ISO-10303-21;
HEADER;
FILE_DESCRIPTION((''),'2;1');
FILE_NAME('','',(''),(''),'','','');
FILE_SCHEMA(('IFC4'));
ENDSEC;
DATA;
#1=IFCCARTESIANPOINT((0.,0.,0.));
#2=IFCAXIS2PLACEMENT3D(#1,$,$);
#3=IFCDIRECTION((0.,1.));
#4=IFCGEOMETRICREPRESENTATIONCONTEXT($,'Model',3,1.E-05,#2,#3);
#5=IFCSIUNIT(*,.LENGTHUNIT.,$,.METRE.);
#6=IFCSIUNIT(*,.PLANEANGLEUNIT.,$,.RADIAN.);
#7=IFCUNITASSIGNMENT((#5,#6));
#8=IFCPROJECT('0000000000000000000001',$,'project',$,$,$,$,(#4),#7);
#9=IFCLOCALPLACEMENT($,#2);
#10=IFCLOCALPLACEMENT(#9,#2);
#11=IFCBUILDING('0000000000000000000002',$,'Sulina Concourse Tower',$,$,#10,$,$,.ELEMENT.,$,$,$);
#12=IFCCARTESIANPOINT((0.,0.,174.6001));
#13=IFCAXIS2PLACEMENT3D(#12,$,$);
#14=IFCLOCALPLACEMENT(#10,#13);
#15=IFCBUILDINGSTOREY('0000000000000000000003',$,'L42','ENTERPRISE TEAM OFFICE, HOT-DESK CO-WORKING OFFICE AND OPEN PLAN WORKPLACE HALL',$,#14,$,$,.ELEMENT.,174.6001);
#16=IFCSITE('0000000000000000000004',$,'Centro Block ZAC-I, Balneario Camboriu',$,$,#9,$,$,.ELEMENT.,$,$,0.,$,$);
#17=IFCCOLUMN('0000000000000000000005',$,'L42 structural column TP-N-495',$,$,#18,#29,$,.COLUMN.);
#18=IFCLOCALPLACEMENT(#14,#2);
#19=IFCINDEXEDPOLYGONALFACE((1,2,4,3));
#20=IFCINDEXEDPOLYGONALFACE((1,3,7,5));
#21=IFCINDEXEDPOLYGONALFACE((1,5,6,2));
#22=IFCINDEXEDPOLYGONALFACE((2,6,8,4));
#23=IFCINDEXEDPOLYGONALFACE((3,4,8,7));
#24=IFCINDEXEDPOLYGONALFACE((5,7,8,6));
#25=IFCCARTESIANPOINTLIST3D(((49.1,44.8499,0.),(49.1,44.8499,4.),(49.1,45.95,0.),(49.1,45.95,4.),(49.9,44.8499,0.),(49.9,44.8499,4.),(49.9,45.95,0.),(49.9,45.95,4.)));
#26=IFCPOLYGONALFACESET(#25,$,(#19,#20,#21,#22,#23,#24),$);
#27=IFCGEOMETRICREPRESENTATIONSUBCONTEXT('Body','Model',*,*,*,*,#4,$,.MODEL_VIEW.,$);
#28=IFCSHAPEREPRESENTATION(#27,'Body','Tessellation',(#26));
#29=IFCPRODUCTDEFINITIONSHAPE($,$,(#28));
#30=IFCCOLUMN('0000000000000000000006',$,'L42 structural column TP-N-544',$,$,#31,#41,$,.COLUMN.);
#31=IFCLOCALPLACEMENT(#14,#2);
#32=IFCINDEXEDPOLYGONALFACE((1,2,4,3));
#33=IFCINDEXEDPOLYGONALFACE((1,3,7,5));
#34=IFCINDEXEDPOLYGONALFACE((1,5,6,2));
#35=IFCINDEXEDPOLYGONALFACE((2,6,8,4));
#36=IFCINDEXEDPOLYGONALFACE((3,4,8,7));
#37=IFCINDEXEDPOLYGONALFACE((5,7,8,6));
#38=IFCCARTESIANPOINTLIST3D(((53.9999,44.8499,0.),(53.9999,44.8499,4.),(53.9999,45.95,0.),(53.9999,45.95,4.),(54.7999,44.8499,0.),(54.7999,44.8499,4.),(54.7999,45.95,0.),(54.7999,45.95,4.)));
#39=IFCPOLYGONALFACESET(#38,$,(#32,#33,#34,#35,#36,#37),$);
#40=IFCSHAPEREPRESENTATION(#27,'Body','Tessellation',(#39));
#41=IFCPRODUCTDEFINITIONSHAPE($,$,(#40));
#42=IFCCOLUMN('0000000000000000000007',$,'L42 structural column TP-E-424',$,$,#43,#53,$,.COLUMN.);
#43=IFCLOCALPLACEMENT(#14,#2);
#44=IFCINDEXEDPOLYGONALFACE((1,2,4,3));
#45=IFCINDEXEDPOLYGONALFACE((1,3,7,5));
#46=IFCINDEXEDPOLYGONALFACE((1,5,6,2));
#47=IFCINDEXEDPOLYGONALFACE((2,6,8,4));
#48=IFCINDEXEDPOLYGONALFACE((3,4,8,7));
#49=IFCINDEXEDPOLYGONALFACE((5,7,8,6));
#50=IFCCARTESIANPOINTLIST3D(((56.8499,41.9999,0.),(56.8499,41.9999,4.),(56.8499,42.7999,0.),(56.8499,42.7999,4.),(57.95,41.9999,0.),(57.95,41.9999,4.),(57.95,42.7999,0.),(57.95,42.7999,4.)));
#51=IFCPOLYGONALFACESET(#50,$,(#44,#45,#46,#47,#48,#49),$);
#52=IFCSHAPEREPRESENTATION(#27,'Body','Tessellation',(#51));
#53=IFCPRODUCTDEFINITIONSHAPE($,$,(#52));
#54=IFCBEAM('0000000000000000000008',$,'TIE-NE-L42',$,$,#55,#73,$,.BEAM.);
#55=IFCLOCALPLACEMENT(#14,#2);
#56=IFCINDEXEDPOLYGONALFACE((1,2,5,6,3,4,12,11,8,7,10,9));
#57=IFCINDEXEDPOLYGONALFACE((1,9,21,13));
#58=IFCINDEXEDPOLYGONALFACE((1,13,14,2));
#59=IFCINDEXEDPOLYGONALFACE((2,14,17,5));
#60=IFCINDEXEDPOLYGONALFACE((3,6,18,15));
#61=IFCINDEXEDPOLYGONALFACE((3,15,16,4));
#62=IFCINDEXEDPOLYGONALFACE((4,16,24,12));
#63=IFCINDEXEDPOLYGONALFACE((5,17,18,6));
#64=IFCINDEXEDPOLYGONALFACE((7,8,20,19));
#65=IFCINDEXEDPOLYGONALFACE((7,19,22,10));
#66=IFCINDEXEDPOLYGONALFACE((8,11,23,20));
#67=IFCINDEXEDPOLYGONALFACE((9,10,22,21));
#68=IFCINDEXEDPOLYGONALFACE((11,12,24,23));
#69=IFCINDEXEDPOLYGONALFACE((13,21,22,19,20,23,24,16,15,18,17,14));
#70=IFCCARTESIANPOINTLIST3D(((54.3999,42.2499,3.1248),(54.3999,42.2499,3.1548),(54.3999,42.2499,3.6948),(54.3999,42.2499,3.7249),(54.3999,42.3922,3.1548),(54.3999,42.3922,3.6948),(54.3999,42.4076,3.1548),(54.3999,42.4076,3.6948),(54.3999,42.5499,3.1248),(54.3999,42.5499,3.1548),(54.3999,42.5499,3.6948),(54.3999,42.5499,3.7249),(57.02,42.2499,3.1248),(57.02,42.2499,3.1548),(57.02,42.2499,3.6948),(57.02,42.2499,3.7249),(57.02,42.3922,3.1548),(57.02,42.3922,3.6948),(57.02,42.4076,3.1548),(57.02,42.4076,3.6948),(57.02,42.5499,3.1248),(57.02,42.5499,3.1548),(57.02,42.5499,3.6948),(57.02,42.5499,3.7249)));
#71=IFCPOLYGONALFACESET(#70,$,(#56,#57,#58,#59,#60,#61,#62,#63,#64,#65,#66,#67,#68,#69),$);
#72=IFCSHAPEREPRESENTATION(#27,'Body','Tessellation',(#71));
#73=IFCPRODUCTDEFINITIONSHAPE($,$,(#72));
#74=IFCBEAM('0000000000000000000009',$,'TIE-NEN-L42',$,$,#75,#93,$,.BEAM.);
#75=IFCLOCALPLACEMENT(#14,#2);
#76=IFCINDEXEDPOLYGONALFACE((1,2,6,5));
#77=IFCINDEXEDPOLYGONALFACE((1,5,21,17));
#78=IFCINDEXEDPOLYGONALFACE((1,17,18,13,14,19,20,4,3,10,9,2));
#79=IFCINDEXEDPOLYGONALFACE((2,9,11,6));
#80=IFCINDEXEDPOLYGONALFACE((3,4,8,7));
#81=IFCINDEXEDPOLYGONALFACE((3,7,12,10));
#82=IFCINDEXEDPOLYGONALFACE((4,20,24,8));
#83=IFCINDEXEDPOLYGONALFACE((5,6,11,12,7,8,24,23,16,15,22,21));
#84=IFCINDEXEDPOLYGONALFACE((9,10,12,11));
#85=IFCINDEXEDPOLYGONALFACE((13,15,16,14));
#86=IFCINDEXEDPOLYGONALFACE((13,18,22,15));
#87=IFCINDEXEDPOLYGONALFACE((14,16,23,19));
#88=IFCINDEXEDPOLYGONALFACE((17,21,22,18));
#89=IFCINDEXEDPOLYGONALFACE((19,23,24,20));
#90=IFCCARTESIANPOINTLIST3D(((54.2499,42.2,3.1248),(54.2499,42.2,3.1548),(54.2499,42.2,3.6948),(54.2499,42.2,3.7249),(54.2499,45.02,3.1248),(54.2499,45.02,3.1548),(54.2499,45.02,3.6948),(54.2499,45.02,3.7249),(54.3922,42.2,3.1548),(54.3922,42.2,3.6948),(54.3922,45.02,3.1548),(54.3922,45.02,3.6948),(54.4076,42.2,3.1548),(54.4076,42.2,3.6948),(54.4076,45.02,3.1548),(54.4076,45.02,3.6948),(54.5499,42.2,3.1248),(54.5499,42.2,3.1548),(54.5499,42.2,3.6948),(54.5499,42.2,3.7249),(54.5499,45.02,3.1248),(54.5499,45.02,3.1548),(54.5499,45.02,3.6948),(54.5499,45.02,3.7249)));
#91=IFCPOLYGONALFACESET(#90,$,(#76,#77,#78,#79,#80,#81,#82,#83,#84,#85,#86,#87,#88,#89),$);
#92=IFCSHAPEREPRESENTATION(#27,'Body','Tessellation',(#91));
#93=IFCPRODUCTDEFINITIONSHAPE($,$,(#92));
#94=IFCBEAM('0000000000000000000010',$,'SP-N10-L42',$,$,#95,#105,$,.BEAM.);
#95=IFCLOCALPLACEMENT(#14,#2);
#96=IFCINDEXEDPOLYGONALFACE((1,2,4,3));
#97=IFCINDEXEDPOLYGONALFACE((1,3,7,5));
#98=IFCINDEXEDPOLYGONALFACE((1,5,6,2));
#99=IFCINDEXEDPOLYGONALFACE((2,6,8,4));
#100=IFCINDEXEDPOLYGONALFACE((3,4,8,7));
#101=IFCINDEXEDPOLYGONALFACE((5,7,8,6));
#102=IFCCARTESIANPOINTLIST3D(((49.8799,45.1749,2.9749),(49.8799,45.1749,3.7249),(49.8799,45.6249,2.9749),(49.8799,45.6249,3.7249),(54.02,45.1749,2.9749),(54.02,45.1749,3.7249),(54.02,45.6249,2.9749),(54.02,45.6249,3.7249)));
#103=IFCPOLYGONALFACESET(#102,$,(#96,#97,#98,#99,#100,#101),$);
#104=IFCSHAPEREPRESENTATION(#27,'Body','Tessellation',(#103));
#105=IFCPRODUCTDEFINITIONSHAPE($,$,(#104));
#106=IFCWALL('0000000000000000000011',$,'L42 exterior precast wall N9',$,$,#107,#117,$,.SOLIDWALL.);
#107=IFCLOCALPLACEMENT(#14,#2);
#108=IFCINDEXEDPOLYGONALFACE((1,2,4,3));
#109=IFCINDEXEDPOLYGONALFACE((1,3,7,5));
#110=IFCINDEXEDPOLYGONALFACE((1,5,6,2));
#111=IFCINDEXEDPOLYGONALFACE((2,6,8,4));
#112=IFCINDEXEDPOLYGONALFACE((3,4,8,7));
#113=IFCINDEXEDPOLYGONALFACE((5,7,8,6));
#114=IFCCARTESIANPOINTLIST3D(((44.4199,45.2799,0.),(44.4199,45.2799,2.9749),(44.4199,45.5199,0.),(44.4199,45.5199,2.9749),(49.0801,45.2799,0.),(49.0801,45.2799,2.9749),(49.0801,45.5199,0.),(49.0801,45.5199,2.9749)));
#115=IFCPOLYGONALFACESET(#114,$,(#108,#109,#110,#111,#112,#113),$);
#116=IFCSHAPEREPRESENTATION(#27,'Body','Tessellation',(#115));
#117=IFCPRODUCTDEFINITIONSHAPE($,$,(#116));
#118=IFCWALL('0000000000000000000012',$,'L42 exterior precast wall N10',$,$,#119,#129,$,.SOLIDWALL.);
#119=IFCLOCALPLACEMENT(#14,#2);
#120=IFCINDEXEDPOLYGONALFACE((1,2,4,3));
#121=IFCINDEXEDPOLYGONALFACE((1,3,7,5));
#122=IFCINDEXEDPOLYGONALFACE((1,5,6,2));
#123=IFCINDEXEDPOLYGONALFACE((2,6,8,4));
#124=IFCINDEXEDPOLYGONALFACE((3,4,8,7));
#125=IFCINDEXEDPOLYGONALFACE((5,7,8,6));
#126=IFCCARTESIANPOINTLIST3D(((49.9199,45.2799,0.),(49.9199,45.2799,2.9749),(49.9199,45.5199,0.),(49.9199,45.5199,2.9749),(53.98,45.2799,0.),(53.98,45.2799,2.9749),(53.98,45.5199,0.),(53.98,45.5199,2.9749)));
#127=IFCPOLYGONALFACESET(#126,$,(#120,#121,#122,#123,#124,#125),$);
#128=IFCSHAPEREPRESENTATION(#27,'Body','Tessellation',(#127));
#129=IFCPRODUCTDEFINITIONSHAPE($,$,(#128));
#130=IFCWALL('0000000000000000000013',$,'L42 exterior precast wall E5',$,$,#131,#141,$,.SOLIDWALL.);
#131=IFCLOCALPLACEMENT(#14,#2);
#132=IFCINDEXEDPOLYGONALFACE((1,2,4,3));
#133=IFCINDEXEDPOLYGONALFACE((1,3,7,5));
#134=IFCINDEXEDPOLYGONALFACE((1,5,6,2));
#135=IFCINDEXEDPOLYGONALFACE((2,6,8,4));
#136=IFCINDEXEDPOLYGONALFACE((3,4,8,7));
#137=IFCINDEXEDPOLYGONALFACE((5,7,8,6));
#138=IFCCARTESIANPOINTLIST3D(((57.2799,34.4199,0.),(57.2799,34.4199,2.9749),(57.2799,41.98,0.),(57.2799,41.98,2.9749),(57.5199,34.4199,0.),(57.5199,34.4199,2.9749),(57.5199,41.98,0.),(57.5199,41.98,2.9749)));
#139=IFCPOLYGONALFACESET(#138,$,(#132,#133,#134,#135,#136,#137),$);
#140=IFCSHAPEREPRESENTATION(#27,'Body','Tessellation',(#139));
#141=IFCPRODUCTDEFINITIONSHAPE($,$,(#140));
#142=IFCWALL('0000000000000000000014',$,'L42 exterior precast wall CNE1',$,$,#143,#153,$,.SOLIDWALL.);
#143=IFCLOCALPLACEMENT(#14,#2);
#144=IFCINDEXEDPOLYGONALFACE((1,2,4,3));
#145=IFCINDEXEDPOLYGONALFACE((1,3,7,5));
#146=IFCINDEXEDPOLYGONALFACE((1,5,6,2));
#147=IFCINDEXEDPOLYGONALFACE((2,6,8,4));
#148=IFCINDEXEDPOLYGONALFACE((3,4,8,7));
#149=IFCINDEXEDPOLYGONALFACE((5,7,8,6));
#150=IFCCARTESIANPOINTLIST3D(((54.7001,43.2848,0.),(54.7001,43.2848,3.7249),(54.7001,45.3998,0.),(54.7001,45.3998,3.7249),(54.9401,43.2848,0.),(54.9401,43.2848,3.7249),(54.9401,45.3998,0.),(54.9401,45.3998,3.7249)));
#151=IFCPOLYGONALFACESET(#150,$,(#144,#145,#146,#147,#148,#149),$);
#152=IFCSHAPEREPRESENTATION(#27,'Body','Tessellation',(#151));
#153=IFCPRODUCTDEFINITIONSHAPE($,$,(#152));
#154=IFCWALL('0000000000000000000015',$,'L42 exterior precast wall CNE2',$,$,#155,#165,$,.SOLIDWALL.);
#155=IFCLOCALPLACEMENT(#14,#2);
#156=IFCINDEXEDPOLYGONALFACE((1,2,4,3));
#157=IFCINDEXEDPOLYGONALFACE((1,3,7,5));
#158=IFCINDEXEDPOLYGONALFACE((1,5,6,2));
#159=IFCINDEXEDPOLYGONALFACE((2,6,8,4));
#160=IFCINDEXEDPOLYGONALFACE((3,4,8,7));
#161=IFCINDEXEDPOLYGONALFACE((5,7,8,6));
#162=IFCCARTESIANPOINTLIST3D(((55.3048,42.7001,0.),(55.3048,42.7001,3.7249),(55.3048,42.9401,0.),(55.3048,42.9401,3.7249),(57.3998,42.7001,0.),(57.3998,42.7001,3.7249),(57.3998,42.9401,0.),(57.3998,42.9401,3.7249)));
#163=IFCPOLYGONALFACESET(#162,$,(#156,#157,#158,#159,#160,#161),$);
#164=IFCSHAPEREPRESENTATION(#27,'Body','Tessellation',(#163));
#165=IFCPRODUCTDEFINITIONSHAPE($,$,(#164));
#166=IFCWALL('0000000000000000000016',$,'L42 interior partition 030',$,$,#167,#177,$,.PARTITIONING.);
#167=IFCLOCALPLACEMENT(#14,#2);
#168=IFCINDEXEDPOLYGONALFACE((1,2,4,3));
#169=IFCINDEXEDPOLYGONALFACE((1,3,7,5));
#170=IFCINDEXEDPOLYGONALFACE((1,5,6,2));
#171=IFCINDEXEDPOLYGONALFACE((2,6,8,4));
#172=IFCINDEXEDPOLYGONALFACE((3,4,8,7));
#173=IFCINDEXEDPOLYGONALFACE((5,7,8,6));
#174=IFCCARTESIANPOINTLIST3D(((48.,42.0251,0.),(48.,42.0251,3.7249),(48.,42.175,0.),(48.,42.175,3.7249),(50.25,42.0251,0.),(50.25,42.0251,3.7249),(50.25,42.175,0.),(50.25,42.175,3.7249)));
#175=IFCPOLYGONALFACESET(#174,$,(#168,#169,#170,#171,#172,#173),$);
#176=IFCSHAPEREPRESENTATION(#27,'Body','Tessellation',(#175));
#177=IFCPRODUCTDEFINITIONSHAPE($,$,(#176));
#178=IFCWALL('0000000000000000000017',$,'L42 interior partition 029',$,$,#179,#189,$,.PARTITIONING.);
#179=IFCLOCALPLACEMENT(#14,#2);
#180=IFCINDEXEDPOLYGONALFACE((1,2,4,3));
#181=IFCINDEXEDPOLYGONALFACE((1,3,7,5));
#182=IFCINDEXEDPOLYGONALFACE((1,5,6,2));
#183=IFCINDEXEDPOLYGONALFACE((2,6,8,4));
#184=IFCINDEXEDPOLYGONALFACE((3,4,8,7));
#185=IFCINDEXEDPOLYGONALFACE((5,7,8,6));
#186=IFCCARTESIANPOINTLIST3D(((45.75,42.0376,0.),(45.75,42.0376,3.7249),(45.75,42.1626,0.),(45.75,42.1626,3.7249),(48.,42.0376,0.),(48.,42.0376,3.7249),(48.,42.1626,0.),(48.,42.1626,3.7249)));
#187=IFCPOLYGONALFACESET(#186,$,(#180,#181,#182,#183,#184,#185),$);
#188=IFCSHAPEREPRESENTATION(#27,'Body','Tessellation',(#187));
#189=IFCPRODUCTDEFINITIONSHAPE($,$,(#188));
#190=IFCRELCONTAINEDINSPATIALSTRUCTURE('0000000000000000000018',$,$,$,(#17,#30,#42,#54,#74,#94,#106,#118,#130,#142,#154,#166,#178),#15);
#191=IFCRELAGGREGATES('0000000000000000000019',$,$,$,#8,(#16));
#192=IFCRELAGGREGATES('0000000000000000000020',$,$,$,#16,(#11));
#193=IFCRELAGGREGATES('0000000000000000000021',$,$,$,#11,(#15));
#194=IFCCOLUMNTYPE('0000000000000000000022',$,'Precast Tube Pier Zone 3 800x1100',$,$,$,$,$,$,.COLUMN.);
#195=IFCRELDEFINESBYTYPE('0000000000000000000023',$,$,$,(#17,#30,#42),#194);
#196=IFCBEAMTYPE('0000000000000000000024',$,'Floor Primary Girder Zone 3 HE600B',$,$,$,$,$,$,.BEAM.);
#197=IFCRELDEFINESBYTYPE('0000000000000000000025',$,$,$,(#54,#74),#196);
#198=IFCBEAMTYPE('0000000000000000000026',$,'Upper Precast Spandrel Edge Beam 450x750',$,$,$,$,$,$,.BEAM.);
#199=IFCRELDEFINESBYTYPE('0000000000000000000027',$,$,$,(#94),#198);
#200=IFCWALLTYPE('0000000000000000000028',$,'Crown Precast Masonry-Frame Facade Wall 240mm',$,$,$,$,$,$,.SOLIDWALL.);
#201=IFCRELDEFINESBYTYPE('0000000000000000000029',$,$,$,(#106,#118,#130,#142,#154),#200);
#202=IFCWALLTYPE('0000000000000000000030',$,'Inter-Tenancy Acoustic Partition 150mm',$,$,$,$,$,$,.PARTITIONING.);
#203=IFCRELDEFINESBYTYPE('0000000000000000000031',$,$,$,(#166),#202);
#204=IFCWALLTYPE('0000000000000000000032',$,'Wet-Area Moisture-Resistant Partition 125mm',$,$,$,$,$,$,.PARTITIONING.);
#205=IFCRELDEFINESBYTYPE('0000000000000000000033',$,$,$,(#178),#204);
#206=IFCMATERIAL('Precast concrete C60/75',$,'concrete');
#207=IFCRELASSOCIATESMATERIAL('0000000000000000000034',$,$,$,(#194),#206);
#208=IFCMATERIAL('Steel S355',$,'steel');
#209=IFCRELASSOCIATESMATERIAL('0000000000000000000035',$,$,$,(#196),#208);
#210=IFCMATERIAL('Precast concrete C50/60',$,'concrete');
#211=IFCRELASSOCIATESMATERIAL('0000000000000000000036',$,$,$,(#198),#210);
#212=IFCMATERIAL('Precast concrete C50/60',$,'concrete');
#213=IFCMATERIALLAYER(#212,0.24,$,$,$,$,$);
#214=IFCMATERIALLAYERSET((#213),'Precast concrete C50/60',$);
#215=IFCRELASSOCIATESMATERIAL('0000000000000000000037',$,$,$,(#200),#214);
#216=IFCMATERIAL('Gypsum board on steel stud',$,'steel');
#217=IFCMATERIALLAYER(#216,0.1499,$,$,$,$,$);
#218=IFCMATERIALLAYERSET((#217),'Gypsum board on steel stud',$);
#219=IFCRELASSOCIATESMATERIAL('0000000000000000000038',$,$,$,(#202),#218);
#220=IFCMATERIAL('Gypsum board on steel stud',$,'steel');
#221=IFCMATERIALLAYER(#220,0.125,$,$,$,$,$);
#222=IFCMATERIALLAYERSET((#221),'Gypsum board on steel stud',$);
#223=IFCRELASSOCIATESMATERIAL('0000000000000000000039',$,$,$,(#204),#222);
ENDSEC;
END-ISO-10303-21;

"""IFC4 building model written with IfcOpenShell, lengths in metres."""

from ifc_helpers import new_model, si_unit, direction, frame, frame_2d, origin, origin_2d, place, context, subcontext, project, spatial, rectangle, i_section, extrude, material, layer, layer_set, material_profile, profile_set, type_object, element, save


model = new_model("IFC4")

# Units and contexts
model_context = context("Model", 3, precision=1e-05, world=origin(), true_north=direction((0.0, 1.0)))
body_context = subcontext(model_context, "Body", "Model", "MODEL_VIEW")
ifc_project = project(units=[si_unit("LENGTHUNIT", "METRE"), si_unit("PLANEANGLEUNIT", "RADIAN")], contexts=[model_context])

# Site, building, storey
site_placement = place(None, origin())
site = spatial("IfcSite", under=ifc_project, at=site_placement, Name="Centro Block ZAC-I, Balneario Camboriu", CompositionType="ELEMENT", RefElevation=0.0)
building_placement = place(site_placement, origin())
building = spatial("IfcBuilding", under=site, at=building_placement, Name="Sulina Concourse Tower", CompositionType="ELEMENT")
storey_placement = place(building_placement, frame((0.0, 0.0, 174.6001)))
storey = spatial("IfcBuildingStorey", under=building, at=storey_placement, Name="L42", Description="ENTERPRISE TEAM OFFICE, HOT-DESK CO-WORKING OFFICE AND OPEN PLAN WORKPLACE HALL", CompositionType="ELEMENT", Elevation=174.6001)

# Columns
ifc_material_1 = material(Name="Precast concrete C60/75", Category="concrete")
ifc_material_profile_1 = material_profile(ifc_material_1, rectangle(XDim=0.8, YDim=1.1001, at=origin_2d()), Name="PC 800x1100")
ifc_profile_set_1 = profile_set([ifc_material_profile_1], Name="Precast concrete C60/75")
column_type = type_object("IfcColumnType", Name="Precast Tube Pier Zone 3 800x1100", PredefinedType="COLUMN", material=ifc_profile_set_1)
for number, where, z_axis, x_axis, name in (
    (1, (49.5, 45.3999, 0.0), (0.0, 0.0, 1.0), (1.0, 0.0, 0.0), "L42 structural column TP-N-495"),
    (2, (54.3999, 45.3999, 0.0), (0.0, 0.0, 1.0), (1.0, 0.0, 0.0), "L42 structural column TP-N-544"),
    (3, (57.3999, 42.3999, 0.0), (0.0, 0.0, 1.0), (0.0, 1.0, 0.0), "L42 structural column TP-E-424"),
):
    element("IfcColumn", number, at=place(storey_placement, frame(where, z_axis=z_axis, x_axis=x_axis)), inside=storey, type_object=column_type, Name=name, PredefinedType="COLUMN", context=body_context, shape_type="SweptSolid", body=[
        extrude(rectangle(XDim=0.8, YDim=1.1001, at=origin_2d()), origin(), (0.0, 0.0, 1.0), 4.0),
    ])

# Beams
ifc_material_2 = material(Name="Steel S355", Category="steel")
ifc_material_profile_2 = material_profile(ifc_material_2, i_section(OverallWidth=0.3, OverallDepth=0.6001, WebThickness=0.0154, FlangeThickness=0.03, at=origin_2d()), Name="HE 600 B")
ifc_profile_set_2 = profile_set([ifc_material_profile_2], Name="Steel S355")
beam_type_1 = type_object("IfcBeamType", Name="Floor Primary Girder Zone 3 HE600B", PredefinedType="BEAM", material=ifc_profile_set_2)
beam_1_placement = place(storey_placement, frame((54.3999, 42.3999, 3.4248), z_axis=(1.0, 0.0, 0.0), x_axis=(0.0, 1.0, 0.0)))
element("IfcBeam", 4, at=beam_1_placement, inside=storey, type_object=beam_type_1, Name="TIE-NE-L42", PredefinedType="BEAM", context=body_context, shape_type="SweptSolid", body=[
    extrude(i_section(OverallWidth=0.3, OverallDepth=0.6001, WebThickness=0.0154, FlangeThickness=0.03, at=origin_2d()), origin(), (0.0, 0.0, 1.0), 2.6201),
])
beam_2_placement = place(storey_placement, frame((54.3999, 42.2, 3.4248), z_axis=(0.0, 1.0, 0.0), x_axis=(-1.0, 0.0, 0.0)))
element("IfcBeam", 5, at=beam_2_placement, inside=storey, type_object=beam_type_1, Name="TIE-NEN-L42", PredefinedType="BEAM", context=body_context, shape_type="SweptSolid", body=[
    extrude(i_section(OverallWidth=0.3, OverallDepth=0.6001, WebThickness=0.0154, FlangeThickness=0.03, at=origin_2d()), origin(), (0.0, 0.0, 1.0), 2.8201),
])
ifc_material_3 = material(Name="Precast concrete C50/60", Category="concrete")
ifc_material_profile_3 = material_profile(ifc_material_3, rectangle(XDim=0.45, YDim=0.75, at=origin_2d()), Name="RC 450x750")
ifc_profile_set_3 = profile_set([ifc_material_profile_3], Name="Precast concrete C50/60")
beam_type_2 = type_object("IfcBeamType", Name="Upper Precast Spandrel Edge Beam 450x750", PredefinedType="BEAM", material=ifc_profile_set_3)
beam_3_placement = place(storey_placement, frame((49.8799, 45.3999, 3.3499), z_axis=(1.0, 0.0, 0.0), x_axis=(0.0, 1.0, 0.0)))
element("IfcBeam", 6, at=beam_3_placement, inside=storey, type_object=beam_type_2, Name="SP-N10-L42", PredefinedType="BEAM", context=body_context, shape_type="SweptSolid", body=[
    extrude(rectangle(XDim=0.45, YDim=0.75, at=origin_2d()), origin(), (0.0, 0.0, 1.0), 4.1401),
])

# Walls
ifc_material_4 = material(Name="Precast concrete C50/60", Category="concrete")
ifc_layer_1 = layer(ifc_material_4, 0.24)
ifc_layer_set_1 = layer_set([ifc_layer_1], Name="Precast concrete C50/60")
wall_type_1 = type_object("IfcWallType", Name="Crown Precast Masonry-Frame Facade Wall 240mm", PredefinedType="SOLIDWALL", material=ifc_layer_set_1)
wall_1_placement = place(storey_placement, frame((44.4199, 45.3999, 0.0), z_axis=(0.0, 0.0, 1.0), x_axis=(1.0, 0.0, 0.0)))
element("IfcWall", 7, at=wall_1_placement, inside=storey, type_object=wall_type_1, Name="L42 exterior precast wall N9", PredefinedType="SOLIDWALL", context=body_context, shape_type="SweptSolid", body=[
    extrude(rectangle(XDim=4.6602, YDim=0.24, at=frame_2d((2.3301, 0.0))), origin(), (0.0, 0.0, 1.0), 2.9749),
])
wall_2_placement = place(storey_placement, frame((49.9199, 45.3999, 0.0), z_axis=(0.0, 0.0, 1.0), x_axis=(1.0, 0.0, 0.0)))
element("IfcWall", 8, at=wall_2_placement, inside=storey, type_object=wall_type_1, Name="L42 exterior precast wall N10", PredefinedType="SOLIDWALL", context=body_context, shape_type="SweptSolid", body=[
    extrude(rectangle(XDim=4.0601, YDim=0.24, at=frame_2d((2.03, 0.0))), origin(), (0.0, 0.0, 1.0), 2.9749),
])
wall_3_placement = place(storey_placement, frame((57.3999, 41.98, 0.0), z_axis=(0.0, 0.0, 1.0), x_axis=(0.0, -1.0, 0.0)))
element("IfcWall", 9, at=wall_3_placement, inside=storey, type_object=wall_type_1, Name="L42 exterior precast wall E5", PredefinedType="SOLIDWALL", context=body_context, shape_type="SweptSolid", body=[
    extrude(rectangle(XDim=7.5601, YDim=0.24, at=frame_2d((3.78, 0.0))), origin(), (0.0, 0.0, 1.0), 2.9749),
])
wall_4_placement = place(storey_placement, frame((54.8201, 45.3999, 0.0), z_axis=(0.0, 0.0, 1.0), x_axis=(0.0, -1.0, 0.0)))
element("IfcWall", 10, at=wall_4_placement, inside=storey, type_object=wall_type_1, Name="L42 exterior precast wall CNE1", PredefinedType="SOLIDWALL", context=body_context, shape_type="SweptSolid", body=[
    extrude(rectangle(XDim=2.115, YDim=0.24, at=frame_2d((1.0576, 0.0))), origin(), (0.0, 0.0, 1.0), 3.7249),
])
wall_5_placement = place(storey_placement, frame((55.3049, 42.8201, 0.0), z_axis=(0.0, 0.0, 1.0), x_axis=(1.0, 0.0, 0.0)))
element("IfcWall", 11, at=wall_5_placement, inside=storey, type_object=wall_type_1, Name="L42 exterior precast wall CNE2", PredefinedType="SOLIDWALL", context=body_context, shape_type="SweptSolid", body=[
    extrude(rectangle(XDim=2.095, YDim=0.24, at=frame_2d((1.0474, 0.0))), origin(), (0.0, 0.0, 1.0), 3.7249),
])
ifc_material_5 = material(Name="Gypsum board on steel stud", Category="steel")
ifc_layer_2 = layer(ifc_material_5, 0.1499)
ifc_layer_set_2 = layer_set([ifc_layer_2], Name="Gypsum board on steel stud")
wall_type_2 = type_object("IfcWallType", Name="Inter-Tenancy Acoustic Partition 150mm", PredefinedType="PARTITIONING", material=ifc_layer_set_2)
wall_6_placement = place(storey_placement, frame((48.0, 42.1001, 0.0), z_axis=(0.0, 0.0, 1.0), x_axis=(1.0, 0.0, 0.0)))
element("IfcWall", 12, at=wall_6_placement, inside=storey, type_object=wall_type_2, Name="L42 interior partition 030", PredefinedType="PARTITIONING", context=body_context, shape_type="SweptSolid", body=[
    extrude(rectangle(XDim=2.25, YDim=0.1499, at=frame_2d((1.125, 0.0))), origin(), (0.0, 0.0, 1.0), 3.7249),
])
ifc_material_6 = material(Name="Gypsum board on steel stud", Category="steel")
ifc_layer_3 = layer(ifc_material_6, 0.125)
ifc_layer_set_3 = layer_set([ifc_layer_3], Name="Gypsum board on steel stud")
wall_type_3 = type_object("IfcWallType", Name="Wet-Area Moisture-Resistant Partition 125mm", PredefinedType="PARTITIONING", material=ifc_layer_set_3)
wall_7_placement = place(storey_placement, frame((45.75, 42.1001, 0.0), z_axis=(0.0, 0.0, 1.0), x_axis=(1.0, 0.0, 0.0)))
element("IfcWall", 13, at=wall_7_placement, inside=storey, type_object=wall_type_3, Name="L42 interior partition 029", PredefinedType="PARTITIONING", context=body_context, shape_type="SweptSolid", body=[
    extrude(rectangle(XDim=2.25, YDim=0.125, at=frame_2d((1.125, 0.0))), origin(), (0.0, 0.0, 1.0), 3.7249),
])

save(model, "model.ifc")
